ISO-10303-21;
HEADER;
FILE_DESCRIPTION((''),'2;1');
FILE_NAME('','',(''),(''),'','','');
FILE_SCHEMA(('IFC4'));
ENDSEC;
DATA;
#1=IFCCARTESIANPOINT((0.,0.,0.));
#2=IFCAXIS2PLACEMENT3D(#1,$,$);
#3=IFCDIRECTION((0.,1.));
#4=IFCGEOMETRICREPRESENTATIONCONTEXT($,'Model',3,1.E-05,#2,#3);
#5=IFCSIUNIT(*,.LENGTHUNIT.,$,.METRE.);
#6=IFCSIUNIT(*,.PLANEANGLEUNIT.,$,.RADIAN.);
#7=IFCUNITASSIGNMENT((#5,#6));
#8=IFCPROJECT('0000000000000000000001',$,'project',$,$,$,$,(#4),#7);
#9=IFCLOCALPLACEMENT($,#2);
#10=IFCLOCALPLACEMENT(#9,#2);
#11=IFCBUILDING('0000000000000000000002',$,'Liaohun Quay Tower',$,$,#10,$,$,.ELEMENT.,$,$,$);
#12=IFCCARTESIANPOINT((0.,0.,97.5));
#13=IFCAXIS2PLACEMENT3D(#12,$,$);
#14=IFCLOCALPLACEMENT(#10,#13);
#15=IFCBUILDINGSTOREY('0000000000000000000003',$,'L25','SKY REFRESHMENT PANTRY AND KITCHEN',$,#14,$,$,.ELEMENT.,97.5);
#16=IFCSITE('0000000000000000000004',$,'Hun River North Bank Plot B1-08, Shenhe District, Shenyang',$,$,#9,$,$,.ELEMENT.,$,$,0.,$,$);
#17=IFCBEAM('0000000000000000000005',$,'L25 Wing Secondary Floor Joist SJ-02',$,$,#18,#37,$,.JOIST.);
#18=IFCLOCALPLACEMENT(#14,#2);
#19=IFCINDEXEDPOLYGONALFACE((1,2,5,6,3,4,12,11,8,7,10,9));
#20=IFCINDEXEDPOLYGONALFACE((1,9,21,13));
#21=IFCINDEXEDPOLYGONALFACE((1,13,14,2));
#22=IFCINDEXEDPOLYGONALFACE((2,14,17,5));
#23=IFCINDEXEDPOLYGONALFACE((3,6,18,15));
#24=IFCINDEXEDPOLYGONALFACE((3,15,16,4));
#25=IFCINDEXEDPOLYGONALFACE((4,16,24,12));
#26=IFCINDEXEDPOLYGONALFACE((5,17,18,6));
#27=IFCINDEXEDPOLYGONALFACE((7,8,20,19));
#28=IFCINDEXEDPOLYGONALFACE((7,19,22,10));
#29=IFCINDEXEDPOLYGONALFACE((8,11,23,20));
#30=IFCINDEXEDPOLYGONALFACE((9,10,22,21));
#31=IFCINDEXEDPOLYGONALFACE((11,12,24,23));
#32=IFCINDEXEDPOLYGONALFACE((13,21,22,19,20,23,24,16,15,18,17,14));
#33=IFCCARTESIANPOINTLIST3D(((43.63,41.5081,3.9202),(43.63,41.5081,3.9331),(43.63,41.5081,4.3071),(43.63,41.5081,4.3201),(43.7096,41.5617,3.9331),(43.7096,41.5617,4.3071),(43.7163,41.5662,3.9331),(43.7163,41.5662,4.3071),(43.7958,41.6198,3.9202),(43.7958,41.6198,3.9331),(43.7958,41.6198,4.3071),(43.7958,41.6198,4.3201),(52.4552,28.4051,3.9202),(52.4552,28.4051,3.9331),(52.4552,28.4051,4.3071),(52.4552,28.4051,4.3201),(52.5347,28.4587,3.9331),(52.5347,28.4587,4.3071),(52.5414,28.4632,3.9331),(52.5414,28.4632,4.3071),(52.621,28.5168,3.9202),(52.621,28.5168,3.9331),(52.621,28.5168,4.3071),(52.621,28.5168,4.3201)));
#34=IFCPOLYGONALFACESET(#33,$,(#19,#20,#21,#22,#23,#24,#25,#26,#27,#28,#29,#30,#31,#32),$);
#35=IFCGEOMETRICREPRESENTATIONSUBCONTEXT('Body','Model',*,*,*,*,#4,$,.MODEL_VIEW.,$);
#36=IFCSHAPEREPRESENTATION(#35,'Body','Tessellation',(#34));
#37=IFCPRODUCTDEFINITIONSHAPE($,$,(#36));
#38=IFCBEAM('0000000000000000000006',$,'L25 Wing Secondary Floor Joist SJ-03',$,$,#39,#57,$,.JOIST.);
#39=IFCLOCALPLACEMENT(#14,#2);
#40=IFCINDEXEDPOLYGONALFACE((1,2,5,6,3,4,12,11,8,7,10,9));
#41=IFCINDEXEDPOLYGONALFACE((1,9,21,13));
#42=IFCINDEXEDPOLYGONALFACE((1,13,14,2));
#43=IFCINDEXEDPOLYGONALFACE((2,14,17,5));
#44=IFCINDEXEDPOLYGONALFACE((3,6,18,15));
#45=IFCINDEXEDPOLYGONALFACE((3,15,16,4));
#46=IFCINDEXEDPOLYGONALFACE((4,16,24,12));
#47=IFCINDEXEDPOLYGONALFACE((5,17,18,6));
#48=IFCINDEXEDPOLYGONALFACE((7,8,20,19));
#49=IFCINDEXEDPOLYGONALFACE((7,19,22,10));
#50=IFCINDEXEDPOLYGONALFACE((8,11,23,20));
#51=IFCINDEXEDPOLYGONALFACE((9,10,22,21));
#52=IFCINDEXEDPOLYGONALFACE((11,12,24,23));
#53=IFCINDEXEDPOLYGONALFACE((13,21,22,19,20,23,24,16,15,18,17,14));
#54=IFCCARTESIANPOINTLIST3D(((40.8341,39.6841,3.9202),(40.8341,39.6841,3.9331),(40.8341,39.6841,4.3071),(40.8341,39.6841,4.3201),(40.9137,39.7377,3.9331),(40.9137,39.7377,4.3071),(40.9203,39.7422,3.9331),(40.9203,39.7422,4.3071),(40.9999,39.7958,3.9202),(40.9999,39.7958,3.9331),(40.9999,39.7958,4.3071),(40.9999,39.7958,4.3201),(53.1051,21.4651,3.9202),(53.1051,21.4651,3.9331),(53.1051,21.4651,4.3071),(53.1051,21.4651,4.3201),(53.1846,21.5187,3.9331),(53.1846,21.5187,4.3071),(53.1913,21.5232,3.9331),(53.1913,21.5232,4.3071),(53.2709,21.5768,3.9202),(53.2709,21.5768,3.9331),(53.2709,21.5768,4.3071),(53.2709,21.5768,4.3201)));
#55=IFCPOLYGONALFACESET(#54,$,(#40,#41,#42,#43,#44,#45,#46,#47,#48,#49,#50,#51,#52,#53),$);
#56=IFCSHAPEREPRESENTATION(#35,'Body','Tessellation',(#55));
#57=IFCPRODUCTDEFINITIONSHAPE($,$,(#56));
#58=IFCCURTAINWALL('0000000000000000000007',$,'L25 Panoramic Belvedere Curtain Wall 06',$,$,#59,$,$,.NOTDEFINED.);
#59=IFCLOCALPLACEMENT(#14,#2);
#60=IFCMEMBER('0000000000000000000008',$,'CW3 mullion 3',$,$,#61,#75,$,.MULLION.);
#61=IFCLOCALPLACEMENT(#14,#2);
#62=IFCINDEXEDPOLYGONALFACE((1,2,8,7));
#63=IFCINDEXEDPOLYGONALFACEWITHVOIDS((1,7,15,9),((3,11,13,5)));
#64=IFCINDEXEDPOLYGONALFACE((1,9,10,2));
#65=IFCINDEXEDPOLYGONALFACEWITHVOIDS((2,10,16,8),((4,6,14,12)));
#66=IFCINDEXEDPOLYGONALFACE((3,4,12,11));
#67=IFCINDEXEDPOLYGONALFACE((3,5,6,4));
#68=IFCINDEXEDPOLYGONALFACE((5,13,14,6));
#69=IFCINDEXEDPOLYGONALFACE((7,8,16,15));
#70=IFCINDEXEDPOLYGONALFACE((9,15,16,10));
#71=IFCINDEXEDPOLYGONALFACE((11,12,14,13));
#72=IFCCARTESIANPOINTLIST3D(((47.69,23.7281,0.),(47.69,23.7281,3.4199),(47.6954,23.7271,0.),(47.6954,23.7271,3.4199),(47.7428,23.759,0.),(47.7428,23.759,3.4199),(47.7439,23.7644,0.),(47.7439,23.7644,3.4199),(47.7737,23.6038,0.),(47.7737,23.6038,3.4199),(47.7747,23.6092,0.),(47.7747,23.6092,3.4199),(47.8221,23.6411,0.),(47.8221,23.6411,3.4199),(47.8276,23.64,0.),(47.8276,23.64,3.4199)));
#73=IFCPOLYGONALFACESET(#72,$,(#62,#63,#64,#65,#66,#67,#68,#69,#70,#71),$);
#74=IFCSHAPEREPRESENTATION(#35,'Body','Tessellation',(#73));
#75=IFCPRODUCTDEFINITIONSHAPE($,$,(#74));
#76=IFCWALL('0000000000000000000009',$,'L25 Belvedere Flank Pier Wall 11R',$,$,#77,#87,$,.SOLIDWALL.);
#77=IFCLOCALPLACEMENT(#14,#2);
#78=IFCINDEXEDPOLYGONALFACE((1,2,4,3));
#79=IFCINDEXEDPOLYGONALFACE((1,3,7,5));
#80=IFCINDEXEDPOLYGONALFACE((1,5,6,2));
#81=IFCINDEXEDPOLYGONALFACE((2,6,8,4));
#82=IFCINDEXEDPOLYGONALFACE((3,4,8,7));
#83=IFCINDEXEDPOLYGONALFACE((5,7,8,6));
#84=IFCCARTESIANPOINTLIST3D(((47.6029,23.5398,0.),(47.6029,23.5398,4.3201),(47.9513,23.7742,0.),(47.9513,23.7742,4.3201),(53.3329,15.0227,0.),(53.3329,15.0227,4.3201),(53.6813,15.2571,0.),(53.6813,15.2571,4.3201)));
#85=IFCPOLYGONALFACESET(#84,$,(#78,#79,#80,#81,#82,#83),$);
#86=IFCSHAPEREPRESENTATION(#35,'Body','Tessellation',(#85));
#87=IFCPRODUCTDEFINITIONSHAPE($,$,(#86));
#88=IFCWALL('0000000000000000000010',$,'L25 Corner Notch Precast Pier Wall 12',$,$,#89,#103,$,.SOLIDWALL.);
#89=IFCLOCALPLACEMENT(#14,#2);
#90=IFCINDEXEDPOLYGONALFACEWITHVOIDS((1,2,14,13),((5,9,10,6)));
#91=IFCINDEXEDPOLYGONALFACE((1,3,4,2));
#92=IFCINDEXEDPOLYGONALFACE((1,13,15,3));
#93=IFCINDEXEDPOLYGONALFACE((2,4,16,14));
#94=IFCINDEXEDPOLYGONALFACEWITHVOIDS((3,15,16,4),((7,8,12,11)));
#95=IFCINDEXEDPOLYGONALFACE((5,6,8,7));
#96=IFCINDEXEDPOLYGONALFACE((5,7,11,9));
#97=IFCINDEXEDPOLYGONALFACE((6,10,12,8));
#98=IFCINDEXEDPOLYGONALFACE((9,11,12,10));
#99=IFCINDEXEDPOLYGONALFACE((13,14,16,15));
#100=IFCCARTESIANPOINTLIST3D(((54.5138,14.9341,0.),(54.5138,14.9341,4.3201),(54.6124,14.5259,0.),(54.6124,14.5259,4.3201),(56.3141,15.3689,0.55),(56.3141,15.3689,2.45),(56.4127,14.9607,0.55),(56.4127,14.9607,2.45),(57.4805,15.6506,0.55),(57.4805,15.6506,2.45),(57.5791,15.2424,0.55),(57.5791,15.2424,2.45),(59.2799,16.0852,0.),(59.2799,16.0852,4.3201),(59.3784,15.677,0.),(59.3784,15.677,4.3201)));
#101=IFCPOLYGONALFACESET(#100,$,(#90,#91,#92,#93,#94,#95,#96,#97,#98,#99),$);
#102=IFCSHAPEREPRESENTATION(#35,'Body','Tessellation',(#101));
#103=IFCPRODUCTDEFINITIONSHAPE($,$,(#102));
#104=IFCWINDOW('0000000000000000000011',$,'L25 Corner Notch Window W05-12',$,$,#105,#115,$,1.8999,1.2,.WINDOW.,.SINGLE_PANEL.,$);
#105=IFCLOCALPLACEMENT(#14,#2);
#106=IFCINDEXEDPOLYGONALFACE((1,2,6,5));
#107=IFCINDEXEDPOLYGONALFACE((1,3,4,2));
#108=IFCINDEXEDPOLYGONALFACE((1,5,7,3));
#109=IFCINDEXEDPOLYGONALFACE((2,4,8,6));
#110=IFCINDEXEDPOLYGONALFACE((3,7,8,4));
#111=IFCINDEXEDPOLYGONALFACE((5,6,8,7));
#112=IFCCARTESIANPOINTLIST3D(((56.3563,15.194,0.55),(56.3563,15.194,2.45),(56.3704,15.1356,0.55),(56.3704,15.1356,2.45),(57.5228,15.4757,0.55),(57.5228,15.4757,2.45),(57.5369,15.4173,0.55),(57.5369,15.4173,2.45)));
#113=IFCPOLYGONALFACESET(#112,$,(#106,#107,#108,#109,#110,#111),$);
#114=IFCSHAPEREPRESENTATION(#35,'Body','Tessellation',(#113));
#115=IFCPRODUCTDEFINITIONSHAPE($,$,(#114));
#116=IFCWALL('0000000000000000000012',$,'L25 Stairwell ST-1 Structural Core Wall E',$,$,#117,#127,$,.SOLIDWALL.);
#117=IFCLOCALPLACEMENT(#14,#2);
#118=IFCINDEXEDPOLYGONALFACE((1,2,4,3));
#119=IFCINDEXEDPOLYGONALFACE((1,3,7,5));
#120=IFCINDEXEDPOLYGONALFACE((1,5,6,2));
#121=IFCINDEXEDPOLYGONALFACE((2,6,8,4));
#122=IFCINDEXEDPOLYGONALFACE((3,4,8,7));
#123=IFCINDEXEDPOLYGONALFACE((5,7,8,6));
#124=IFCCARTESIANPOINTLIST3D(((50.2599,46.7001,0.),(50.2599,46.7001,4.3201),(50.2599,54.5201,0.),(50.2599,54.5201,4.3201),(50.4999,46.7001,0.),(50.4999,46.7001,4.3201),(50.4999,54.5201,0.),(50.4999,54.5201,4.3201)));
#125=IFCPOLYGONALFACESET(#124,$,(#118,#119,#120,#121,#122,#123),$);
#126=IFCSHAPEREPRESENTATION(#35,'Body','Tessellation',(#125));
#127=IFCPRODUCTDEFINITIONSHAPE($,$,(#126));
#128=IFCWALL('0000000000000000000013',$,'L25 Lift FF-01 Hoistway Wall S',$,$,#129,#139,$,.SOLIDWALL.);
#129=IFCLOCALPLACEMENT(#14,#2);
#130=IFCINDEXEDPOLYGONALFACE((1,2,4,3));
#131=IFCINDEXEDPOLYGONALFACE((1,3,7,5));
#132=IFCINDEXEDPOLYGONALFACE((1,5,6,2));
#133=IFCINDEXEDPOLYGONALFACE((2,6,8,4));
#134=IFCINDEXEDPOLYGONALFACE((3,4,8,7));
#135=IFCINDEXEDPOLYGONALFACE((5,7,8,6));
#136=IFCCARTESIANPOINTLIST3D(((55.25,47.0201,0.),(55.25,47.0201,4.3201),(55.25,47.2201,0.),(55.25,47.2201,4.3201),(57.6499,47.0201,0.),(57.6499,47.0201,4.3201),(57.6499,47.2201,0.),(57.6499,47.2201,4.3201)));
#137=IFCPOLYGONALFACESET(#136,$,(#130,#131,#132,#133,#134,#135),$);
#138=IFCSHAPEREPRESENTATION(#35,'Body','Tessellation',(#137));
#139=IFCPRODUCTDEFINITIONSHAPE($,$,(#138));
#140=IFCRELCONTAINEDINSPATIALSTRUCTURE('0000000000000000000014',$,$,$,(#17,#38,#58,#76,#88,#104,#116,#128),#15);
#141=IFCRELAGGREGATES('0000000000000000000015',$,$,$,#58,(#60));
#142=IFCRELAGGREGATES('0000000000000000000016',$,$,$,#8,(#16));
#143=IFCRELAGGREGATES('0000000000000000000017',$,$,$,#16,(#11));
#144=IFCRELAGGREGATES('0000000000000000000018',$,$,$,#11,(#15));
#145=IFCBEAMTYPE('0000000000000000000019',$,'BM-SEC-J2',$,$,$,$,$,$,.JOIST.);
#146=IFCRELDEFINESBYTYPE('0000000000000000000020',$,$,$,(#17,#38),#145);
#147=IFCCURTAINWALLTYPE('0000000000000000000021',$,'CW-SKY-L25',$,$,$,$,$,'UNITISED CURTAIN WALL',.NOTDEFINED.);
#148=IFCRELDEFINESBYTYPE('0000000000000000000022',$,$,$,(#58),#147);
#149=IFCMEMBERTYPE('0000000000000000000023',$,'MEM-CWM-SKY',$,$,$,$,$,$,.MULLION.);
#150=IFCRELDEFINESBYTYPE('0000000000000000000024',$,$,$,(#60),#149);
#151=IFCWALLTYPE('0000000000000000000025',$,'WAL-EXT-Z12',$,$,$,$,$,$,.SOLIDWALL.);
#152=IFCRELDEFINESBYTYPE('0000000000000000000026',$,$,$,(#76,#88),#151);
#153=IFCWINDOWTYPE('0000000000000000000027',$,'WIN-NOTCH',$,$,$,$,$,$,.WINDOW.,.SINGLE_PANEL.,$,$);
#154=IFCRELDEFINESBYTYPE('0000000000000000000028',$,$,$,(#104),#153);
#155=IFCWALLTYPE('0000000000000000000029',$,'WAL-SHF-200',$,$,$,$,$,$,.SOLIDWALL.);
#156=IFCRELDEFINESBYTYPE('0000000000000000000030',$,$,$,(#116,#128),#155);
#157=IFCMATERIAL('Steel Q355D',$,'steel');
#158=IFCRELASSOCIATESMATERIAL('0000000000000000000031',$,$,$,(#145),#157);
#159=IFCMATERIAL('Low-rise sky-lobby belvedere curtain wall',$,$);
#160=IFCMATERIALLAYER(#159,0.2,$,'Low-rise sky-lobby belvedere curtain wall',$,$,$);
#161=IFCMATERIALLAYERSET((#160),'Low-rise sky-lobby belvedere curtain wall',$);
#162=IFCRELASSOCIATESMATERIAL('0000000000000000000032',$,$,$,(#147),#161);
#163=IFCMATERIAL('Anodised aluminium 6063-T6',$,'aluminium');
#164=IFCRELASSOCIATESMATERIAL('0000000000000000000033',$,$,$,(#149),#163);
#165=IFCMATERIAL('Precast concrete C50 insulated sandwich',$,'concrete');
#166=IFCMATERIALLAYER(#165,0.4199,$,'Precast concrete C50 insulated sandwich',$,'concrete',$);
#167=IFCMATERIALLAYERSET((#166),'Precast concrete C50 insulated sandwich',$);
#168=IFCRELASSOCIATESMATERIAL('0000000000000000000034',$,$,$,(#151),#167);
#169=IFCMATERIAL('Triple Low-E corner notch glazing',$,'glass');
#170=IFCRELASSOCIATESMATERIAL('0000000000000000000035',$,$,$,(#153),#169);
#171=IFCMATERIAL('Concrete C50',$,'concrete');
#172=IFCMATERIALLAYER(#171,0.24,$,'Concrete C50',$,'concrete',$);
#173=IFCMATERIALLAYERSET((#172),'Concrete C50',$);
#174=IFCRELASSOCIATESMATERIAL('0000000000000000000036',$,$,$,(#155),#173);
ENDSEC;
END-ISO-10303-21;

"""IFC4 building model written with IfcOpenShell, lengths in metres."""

from ifc_helpers import new_model, si_unit, direction, frame, frame_2d, origin, origin_2d, place, context, subcontext, project, spatial, rectangle, hollow_rectangle, i_section, extrude, source, transform, mapped, material, layer, layer_set, material_profile, profile_set, type_object, element, fill, aggregate, save


model = new_model("IFC4")

# Units and contexts
model_context = context("Model", 3, precision=1e-05, world=origin(), true_north=direction((0.0, 1.0)))
body_context = subcontext(model_context, "Body", "Model", "MODEL_VIEW")
ifc_project = project(units=[si_unit("LENGTHUNIT", "METRE"), si_unit("PLANEANGLEUNIT", "RADIAN")], contexts=[model_context])

# Site, building, storey
site_placement = place(None, origin())
site = spatial("IfcSite", under=ifc_project, at=site_placement, Name="Hun River North Bank Plot B1-08, Shenhe District, Shenyang", CompositionType="ELEMENT", RefElevation=0.0)
building_placement = place(site_placement, origin())
building = spatial("IfcBuilding", under=site, at=building_placement, Name="Liaohun Quay Tower", CompositionType="ELEMENT")
storey_placement = place(building_placement, frame((0.0, 0.0, 97.5)))
storey = spatial("IfcBuildingStorey", under=building, at=storey_placement, Name="L25", Description="SKY REFRESHMENT PANTRY AND KITCHEN", CompositionType="ELEMENT", Elevation=97.5)

# Beams
ifc_material_1 = material(Name="Steel Q355D", Category="steel")
ifc_material_profile_1 = material_profile(ifc_material_1, i_section(OverallWidth=0.2, OverallDepth=0.3999, WebThickness=0.0081, FlangeThickness=0.0129, at=origin_2d()), Name="HN400x200x8x13")
ifc_profile_set_1 = profile_set([ifc_material_profile_1], Name="Steel Q355D")
beam_type_1 = type_object("IfcBeamType", Name="BM-SEC-J2", PredefinedType="JOIST", material=ifc_profile_set_1)
shared_shape_1 = source(origin(), body_context, "Body", "SweptSolid", [
    extrude(i_section(OverallWidth=0.2, OverallDepth=0.3999, WebThickness=0.0081, FlangeThickness=0.0129, at=origin_2d()), origin(), (0.0, 0.0, 1.0), 15.7979),
])
beam_1_placement = place(storey_placement, frame((52.5381, 28.4609, 4.1201), z_axis=(-0.558631, 0.829416, 0.0), x_axis=(-0.829416, -0.558631, 0.0)))
element("IfcBeam", 1, at=beam_1_placement, inside=storey, type_object=beam_type_1, Name="L25 Wing Secondary Floor Joist SJ-02", PredefinedType="JOIST", context=body_context, shape_type="MappedRepresentation", body=[
    mapped(shared_shape_1, transform((0.0, 0.0, 0.0), x_axis=(1.0, 0.0, 0.0), y_axis=(0.0, 1.0, 0.0), z_axis=(0.0, 0.0, 1.0), scale=1.0)),
])
shared_shape_2 = source(origin(), body_context, "Body", "SweptSolid", [
    extrude(i_section(OverallWidth=0.2, OverallDepth=0.3999, WebThickness=0.0081, FlangeThickness=0.0129, at=origin_2d()), origin(), (0.0, 0.0, 1.0), 21.9661),
])
beam_2_placement = place(storey_placement, frame((53.188, 21.521, 4.1201), z_axis=(-0.558634, 0.829415, 0.0), x_axis=(-0.829415, -0.558634, 0.0)))
element("IfcBeam", 2, at=beam_2_placement, inside=storey, type_object=beam_type_1, Name="L25 Wing Secondary Floor Joist SJ-03", PredefinedType="JOIST", context=body_context, shape_type="MappedRepresentation", body=[
    mapped(shared_shape_2, transform((0.0, 0.0, 0.0), x_axis=(1.0, 0.0, 0.0), y_axis=(0.0, 1.0, 0.0), z_axis=(0.0, 0.0, 1.0), scale=1.0)),
])

# Curtain wall, member
ifc_material_2 = material(Name="Low-rise sky-lobby belvedere curtain wall")
ifc_layer_1 = layer(ifc_material_2, 0.2, Name="Low-rise sky-lobby belvedere curtain wall")
ifc_layer_set_1 = layer_set([ifc_layer_1], Name="Low-rise sky-lobby belvedere curtain wall")
curtain_wall_type = type_object("IfcCurtainWallType", Name="CW-SKY-L25", ElementType="UNITISED CURTAIN WALL", PredefinedType="NOTDEFINED", material=ifc_layer_set_1)
curtain_wall_placement = place(storey_placement, origin())
curtain_wall = element("IfcCurtainWall", 3, at=curtain_wall_placement, inside=storey, type_object=curtain_wall_type, Name="L25 Panoramic Belvedere Curtain Wall 06", PredefinedType="NOTDEFINED")
ifc_material_3 = material(Name="Anodised aluminium 6063-T6", Category="aluminium")
ifc_material_profile_2 = material_profile(ifc_material_3, hollow_rectangle(XDim=0.0649, YDim=0.1499, WallThickness=0.0039, at=origin_2d()), Name="RHS150x65x4")
ifc_profile_set_2 = profile_set([ifc_material_profile_2], Name="Anodised aluminium 6063-T6")
member_type = type_object("IfcMemberType", Name="MEM-CWM-SKY", PredefinedType="MULLION", material=ifc_profile_set_2)
shared_shape_3 = source(origin(), body_context, "Body", "SweptSolid", [
    extrude(hollow_rectangle(XDim=0.0649, YDim=0.1499, WallThickness=0.0039, at=origin_2d()), origin(), (0.0, 0.0, 1.0), 3.4199),
])
member_placement = place(storey_placement, frame((47.7588, 23.6841, 0.0), z_axis=(0.0, 0.0, 1.0), x_axis=(0.829712, 0.558192, 0.0)))
member = element("IfcMember", 4, at=member_placement, type_object=member_type, Name="CW3 mullion 3", PredefinedType="MULLION", context=body_context, shape_type="MappedRepresentation", body=[
    mapped(shared_shape_3, transform((0.0, 0.0, 0.0), x_axis=(1.0, 0.0, 0.0), y_axis=(0.0, 1.0, 0.0), z_axis=(0.0, 0.0, 1.0), scale=1.0)),
])
aggregate(curtain_wall, [member])

# Wall
ifc_material_4 = material(Name="Precast concrete C50 insulated sandwich", Category="concrete")
ifc_layer_2 = layer(ifc_material_4, 0.4199, Name="Precast concrete C50 insulated sandwich", Category="concrete")
ifc_layer_set_2 = layer_set([ifc_layer_2], Name="Precast concrete C50 insulated sandwich")
wall_type_1 = type_object("IfcWallType", Name="WAL-EXT-Z12", PredefinedType="SOLIDWALL", material=ifc_layer_set_2)
wall_1_placement = place(storey_placement, frame((47.7771, 23.657, 0.0), z_axis=(0.0, 0.0, 1.0), x_axis=(0.558197, -0.829708, 0.0)))
element("IfcWall", 5, at=wall_1_placement, inside=storey, type_object=wall_type_1, Name="L25 Belvedere Flank Pier Wall 11R", PredefinedType="SOLIDWALL", context=body_context, shape_type="SweptSolid", body=[
    extrude(rectangle(XDim=10.2651, YDim=0.4199, at=frame_2d((5.1326, 0.0))), origin(), (0.0, 0.0, 1.0), 4.3201),
])

# Wall, opening, window
wall_2_placement = place(storey_placement, frame((54.563, 14.73, 0.0), z_axis=(0.0, 0.0, 1.0), x_axis=(0.97205, 0.234772, 0.0)))
wall_2 = element("IfcWall", 6, at=wall_2_placement, inside=storey, type_object=wall_type_1, Name="L25 Corner Notch Precast Pier Wall 12", PredefinedType="SOLIDWALL", context=body_context, shape_type="SweptSolid", body=[
    extrude(rectangle(XDim=4.9031, YDim=0.4199, at=frame_2d((2.4517, 0.0))), origin(), (0.0, 0.0, 1.0), 4.3201),
])
shared_shape_4 = source(origin(), body_context, "Body", "SweptSolid", [
    extrude(rectangle(XDim=1.2, YDim=1.8999, at=frame_2d((0.6001, 0.95))), frame((0.0, 0.22, 0.0), z_axis=(0.0, -1.0, 0.0), x_axis=(1.0, 0.0, 0.0)), (0.0, 0.0, 1.0), 0.4399),
])
opening_1_placement = place(wall_2_placement, frame((1.8521, 0.0, 0.55)))
opening_1 = element("IfcOpeningElement", 7, at=opening_1_placement, cuts=wall_2, PredefinedType="OPENING", context=body_context, shape_type="MappedRepresentation", body=[
    mapped(shared_shape_4, transform((0.0, 0.0, 0.0), x_axis=(1.0, 0.0, 0.0), y_axis=(0.0, 1.0, 0.0), z_axis=(0.0, 0.0, 1.0), scale=1.0)),
])
ifc_material_5 = material(Name="Triple Low-E corner notch glazing", Category="glass")
window_type = type_object("IfcWindowType", Name="WIN-NOTCH", PartitioningType="SINGLE_PANEL", PredefinedType="WINDOW", material=ifc_material_5)
shared_shape_5 = source(origin(), body_context, "Body", "SweptSolid", [
    extrude(rectangle(XDim=1.2, YDim=1.8999, at=frame_2d((0.6001, 0.95))), frame((0.0, 0.03, 0.0), z_axis=(0.0, -1.0, 0.0), x_axis=(1.0, 0.0, 0.0)), (0.0, 0.0, 1.0), 0.0601),
])
window_placement = place(opening_1_placement, origin())
window = element("IfcWindow", 8, at=window_placement, inside=storey, type_object=window_type, Name="L25 Corner Notch Window W05-12", OverallHeight=1.8999, OverallWidth=1.2, PartitioningType="SINGLE_PANEL", PredefinedType="WINDOW", context=body_context, shape_type="MappedRepresentation", body=[
    mapped(shared_shape_5, transform((0.0, 0.0, 0.0), x_axis=(1.0, 0.0, 0.0), y_axis=(0.0, 1.0, 0.0), z_axis=(0.0, 0.0, 1.0), scale=1.0)),
])
fill(opening_1, window)

# Walls
ifc_material_6 = material(Name="Concrete C50", Category="concrete")
ifc_layer_3 = layer(ifc_material_6, 0.24, Name="Concrete C50", Category="concrete")
ifc_layer_set_3 = layer_set([ifc_layer_3], Name="Concrete C50")
wall_type_2 = type_object("IfcWallType", Name="WAL-SHF-200", PredefinedType="SOLIDWALL", material=ifc_layer_set_3)
wall_3_placement = place(storey_placement, frame((50.3799, 46.7, 0.0), z_axis=(0.0, 0.0, 1.0), x_axis=(0.0, 1.0, 0.0)))
element("IfcWall", 9, at=wall_3_placement, inside=storey, type_object=wall_type_2, Name="L25 Stairwell ST-1 Structural Core Wall E", PredefinedType="SOLIDWALL", context=body_context, shape_type="SweptSolid", body=[
    extrude(rectangle(XDim=7.8201, YDim=0.24, at=frame_2d((3.9102, 0.0))), origin(), (0.0, 0.0, 1.0), 4.3201),
])
wall_4_placement = place(storey_placement, frame((55.25, 47.1201, 0.0), z_axis=(0.0, 0.0, 1.0), x_axis=(1.0, 0.0, 0.0)))
element("IfcWall", 10, at=wall_4_placement, inside=storey, type_object=wall_type_2, Name="L25 Lift FF-01 Hoistway Wall S", PredefinedType="SOLIDWALL", context=body_context, shape_type="SweptSolid", body=[
    extrude(rectangle(XDim=2.3999, YDim=0.2, at=frame_2d((1.2, 0.0))), origin(), (0.0, 0.0, 1.0), 4.3201),
])

save(model, "model.ifc")
